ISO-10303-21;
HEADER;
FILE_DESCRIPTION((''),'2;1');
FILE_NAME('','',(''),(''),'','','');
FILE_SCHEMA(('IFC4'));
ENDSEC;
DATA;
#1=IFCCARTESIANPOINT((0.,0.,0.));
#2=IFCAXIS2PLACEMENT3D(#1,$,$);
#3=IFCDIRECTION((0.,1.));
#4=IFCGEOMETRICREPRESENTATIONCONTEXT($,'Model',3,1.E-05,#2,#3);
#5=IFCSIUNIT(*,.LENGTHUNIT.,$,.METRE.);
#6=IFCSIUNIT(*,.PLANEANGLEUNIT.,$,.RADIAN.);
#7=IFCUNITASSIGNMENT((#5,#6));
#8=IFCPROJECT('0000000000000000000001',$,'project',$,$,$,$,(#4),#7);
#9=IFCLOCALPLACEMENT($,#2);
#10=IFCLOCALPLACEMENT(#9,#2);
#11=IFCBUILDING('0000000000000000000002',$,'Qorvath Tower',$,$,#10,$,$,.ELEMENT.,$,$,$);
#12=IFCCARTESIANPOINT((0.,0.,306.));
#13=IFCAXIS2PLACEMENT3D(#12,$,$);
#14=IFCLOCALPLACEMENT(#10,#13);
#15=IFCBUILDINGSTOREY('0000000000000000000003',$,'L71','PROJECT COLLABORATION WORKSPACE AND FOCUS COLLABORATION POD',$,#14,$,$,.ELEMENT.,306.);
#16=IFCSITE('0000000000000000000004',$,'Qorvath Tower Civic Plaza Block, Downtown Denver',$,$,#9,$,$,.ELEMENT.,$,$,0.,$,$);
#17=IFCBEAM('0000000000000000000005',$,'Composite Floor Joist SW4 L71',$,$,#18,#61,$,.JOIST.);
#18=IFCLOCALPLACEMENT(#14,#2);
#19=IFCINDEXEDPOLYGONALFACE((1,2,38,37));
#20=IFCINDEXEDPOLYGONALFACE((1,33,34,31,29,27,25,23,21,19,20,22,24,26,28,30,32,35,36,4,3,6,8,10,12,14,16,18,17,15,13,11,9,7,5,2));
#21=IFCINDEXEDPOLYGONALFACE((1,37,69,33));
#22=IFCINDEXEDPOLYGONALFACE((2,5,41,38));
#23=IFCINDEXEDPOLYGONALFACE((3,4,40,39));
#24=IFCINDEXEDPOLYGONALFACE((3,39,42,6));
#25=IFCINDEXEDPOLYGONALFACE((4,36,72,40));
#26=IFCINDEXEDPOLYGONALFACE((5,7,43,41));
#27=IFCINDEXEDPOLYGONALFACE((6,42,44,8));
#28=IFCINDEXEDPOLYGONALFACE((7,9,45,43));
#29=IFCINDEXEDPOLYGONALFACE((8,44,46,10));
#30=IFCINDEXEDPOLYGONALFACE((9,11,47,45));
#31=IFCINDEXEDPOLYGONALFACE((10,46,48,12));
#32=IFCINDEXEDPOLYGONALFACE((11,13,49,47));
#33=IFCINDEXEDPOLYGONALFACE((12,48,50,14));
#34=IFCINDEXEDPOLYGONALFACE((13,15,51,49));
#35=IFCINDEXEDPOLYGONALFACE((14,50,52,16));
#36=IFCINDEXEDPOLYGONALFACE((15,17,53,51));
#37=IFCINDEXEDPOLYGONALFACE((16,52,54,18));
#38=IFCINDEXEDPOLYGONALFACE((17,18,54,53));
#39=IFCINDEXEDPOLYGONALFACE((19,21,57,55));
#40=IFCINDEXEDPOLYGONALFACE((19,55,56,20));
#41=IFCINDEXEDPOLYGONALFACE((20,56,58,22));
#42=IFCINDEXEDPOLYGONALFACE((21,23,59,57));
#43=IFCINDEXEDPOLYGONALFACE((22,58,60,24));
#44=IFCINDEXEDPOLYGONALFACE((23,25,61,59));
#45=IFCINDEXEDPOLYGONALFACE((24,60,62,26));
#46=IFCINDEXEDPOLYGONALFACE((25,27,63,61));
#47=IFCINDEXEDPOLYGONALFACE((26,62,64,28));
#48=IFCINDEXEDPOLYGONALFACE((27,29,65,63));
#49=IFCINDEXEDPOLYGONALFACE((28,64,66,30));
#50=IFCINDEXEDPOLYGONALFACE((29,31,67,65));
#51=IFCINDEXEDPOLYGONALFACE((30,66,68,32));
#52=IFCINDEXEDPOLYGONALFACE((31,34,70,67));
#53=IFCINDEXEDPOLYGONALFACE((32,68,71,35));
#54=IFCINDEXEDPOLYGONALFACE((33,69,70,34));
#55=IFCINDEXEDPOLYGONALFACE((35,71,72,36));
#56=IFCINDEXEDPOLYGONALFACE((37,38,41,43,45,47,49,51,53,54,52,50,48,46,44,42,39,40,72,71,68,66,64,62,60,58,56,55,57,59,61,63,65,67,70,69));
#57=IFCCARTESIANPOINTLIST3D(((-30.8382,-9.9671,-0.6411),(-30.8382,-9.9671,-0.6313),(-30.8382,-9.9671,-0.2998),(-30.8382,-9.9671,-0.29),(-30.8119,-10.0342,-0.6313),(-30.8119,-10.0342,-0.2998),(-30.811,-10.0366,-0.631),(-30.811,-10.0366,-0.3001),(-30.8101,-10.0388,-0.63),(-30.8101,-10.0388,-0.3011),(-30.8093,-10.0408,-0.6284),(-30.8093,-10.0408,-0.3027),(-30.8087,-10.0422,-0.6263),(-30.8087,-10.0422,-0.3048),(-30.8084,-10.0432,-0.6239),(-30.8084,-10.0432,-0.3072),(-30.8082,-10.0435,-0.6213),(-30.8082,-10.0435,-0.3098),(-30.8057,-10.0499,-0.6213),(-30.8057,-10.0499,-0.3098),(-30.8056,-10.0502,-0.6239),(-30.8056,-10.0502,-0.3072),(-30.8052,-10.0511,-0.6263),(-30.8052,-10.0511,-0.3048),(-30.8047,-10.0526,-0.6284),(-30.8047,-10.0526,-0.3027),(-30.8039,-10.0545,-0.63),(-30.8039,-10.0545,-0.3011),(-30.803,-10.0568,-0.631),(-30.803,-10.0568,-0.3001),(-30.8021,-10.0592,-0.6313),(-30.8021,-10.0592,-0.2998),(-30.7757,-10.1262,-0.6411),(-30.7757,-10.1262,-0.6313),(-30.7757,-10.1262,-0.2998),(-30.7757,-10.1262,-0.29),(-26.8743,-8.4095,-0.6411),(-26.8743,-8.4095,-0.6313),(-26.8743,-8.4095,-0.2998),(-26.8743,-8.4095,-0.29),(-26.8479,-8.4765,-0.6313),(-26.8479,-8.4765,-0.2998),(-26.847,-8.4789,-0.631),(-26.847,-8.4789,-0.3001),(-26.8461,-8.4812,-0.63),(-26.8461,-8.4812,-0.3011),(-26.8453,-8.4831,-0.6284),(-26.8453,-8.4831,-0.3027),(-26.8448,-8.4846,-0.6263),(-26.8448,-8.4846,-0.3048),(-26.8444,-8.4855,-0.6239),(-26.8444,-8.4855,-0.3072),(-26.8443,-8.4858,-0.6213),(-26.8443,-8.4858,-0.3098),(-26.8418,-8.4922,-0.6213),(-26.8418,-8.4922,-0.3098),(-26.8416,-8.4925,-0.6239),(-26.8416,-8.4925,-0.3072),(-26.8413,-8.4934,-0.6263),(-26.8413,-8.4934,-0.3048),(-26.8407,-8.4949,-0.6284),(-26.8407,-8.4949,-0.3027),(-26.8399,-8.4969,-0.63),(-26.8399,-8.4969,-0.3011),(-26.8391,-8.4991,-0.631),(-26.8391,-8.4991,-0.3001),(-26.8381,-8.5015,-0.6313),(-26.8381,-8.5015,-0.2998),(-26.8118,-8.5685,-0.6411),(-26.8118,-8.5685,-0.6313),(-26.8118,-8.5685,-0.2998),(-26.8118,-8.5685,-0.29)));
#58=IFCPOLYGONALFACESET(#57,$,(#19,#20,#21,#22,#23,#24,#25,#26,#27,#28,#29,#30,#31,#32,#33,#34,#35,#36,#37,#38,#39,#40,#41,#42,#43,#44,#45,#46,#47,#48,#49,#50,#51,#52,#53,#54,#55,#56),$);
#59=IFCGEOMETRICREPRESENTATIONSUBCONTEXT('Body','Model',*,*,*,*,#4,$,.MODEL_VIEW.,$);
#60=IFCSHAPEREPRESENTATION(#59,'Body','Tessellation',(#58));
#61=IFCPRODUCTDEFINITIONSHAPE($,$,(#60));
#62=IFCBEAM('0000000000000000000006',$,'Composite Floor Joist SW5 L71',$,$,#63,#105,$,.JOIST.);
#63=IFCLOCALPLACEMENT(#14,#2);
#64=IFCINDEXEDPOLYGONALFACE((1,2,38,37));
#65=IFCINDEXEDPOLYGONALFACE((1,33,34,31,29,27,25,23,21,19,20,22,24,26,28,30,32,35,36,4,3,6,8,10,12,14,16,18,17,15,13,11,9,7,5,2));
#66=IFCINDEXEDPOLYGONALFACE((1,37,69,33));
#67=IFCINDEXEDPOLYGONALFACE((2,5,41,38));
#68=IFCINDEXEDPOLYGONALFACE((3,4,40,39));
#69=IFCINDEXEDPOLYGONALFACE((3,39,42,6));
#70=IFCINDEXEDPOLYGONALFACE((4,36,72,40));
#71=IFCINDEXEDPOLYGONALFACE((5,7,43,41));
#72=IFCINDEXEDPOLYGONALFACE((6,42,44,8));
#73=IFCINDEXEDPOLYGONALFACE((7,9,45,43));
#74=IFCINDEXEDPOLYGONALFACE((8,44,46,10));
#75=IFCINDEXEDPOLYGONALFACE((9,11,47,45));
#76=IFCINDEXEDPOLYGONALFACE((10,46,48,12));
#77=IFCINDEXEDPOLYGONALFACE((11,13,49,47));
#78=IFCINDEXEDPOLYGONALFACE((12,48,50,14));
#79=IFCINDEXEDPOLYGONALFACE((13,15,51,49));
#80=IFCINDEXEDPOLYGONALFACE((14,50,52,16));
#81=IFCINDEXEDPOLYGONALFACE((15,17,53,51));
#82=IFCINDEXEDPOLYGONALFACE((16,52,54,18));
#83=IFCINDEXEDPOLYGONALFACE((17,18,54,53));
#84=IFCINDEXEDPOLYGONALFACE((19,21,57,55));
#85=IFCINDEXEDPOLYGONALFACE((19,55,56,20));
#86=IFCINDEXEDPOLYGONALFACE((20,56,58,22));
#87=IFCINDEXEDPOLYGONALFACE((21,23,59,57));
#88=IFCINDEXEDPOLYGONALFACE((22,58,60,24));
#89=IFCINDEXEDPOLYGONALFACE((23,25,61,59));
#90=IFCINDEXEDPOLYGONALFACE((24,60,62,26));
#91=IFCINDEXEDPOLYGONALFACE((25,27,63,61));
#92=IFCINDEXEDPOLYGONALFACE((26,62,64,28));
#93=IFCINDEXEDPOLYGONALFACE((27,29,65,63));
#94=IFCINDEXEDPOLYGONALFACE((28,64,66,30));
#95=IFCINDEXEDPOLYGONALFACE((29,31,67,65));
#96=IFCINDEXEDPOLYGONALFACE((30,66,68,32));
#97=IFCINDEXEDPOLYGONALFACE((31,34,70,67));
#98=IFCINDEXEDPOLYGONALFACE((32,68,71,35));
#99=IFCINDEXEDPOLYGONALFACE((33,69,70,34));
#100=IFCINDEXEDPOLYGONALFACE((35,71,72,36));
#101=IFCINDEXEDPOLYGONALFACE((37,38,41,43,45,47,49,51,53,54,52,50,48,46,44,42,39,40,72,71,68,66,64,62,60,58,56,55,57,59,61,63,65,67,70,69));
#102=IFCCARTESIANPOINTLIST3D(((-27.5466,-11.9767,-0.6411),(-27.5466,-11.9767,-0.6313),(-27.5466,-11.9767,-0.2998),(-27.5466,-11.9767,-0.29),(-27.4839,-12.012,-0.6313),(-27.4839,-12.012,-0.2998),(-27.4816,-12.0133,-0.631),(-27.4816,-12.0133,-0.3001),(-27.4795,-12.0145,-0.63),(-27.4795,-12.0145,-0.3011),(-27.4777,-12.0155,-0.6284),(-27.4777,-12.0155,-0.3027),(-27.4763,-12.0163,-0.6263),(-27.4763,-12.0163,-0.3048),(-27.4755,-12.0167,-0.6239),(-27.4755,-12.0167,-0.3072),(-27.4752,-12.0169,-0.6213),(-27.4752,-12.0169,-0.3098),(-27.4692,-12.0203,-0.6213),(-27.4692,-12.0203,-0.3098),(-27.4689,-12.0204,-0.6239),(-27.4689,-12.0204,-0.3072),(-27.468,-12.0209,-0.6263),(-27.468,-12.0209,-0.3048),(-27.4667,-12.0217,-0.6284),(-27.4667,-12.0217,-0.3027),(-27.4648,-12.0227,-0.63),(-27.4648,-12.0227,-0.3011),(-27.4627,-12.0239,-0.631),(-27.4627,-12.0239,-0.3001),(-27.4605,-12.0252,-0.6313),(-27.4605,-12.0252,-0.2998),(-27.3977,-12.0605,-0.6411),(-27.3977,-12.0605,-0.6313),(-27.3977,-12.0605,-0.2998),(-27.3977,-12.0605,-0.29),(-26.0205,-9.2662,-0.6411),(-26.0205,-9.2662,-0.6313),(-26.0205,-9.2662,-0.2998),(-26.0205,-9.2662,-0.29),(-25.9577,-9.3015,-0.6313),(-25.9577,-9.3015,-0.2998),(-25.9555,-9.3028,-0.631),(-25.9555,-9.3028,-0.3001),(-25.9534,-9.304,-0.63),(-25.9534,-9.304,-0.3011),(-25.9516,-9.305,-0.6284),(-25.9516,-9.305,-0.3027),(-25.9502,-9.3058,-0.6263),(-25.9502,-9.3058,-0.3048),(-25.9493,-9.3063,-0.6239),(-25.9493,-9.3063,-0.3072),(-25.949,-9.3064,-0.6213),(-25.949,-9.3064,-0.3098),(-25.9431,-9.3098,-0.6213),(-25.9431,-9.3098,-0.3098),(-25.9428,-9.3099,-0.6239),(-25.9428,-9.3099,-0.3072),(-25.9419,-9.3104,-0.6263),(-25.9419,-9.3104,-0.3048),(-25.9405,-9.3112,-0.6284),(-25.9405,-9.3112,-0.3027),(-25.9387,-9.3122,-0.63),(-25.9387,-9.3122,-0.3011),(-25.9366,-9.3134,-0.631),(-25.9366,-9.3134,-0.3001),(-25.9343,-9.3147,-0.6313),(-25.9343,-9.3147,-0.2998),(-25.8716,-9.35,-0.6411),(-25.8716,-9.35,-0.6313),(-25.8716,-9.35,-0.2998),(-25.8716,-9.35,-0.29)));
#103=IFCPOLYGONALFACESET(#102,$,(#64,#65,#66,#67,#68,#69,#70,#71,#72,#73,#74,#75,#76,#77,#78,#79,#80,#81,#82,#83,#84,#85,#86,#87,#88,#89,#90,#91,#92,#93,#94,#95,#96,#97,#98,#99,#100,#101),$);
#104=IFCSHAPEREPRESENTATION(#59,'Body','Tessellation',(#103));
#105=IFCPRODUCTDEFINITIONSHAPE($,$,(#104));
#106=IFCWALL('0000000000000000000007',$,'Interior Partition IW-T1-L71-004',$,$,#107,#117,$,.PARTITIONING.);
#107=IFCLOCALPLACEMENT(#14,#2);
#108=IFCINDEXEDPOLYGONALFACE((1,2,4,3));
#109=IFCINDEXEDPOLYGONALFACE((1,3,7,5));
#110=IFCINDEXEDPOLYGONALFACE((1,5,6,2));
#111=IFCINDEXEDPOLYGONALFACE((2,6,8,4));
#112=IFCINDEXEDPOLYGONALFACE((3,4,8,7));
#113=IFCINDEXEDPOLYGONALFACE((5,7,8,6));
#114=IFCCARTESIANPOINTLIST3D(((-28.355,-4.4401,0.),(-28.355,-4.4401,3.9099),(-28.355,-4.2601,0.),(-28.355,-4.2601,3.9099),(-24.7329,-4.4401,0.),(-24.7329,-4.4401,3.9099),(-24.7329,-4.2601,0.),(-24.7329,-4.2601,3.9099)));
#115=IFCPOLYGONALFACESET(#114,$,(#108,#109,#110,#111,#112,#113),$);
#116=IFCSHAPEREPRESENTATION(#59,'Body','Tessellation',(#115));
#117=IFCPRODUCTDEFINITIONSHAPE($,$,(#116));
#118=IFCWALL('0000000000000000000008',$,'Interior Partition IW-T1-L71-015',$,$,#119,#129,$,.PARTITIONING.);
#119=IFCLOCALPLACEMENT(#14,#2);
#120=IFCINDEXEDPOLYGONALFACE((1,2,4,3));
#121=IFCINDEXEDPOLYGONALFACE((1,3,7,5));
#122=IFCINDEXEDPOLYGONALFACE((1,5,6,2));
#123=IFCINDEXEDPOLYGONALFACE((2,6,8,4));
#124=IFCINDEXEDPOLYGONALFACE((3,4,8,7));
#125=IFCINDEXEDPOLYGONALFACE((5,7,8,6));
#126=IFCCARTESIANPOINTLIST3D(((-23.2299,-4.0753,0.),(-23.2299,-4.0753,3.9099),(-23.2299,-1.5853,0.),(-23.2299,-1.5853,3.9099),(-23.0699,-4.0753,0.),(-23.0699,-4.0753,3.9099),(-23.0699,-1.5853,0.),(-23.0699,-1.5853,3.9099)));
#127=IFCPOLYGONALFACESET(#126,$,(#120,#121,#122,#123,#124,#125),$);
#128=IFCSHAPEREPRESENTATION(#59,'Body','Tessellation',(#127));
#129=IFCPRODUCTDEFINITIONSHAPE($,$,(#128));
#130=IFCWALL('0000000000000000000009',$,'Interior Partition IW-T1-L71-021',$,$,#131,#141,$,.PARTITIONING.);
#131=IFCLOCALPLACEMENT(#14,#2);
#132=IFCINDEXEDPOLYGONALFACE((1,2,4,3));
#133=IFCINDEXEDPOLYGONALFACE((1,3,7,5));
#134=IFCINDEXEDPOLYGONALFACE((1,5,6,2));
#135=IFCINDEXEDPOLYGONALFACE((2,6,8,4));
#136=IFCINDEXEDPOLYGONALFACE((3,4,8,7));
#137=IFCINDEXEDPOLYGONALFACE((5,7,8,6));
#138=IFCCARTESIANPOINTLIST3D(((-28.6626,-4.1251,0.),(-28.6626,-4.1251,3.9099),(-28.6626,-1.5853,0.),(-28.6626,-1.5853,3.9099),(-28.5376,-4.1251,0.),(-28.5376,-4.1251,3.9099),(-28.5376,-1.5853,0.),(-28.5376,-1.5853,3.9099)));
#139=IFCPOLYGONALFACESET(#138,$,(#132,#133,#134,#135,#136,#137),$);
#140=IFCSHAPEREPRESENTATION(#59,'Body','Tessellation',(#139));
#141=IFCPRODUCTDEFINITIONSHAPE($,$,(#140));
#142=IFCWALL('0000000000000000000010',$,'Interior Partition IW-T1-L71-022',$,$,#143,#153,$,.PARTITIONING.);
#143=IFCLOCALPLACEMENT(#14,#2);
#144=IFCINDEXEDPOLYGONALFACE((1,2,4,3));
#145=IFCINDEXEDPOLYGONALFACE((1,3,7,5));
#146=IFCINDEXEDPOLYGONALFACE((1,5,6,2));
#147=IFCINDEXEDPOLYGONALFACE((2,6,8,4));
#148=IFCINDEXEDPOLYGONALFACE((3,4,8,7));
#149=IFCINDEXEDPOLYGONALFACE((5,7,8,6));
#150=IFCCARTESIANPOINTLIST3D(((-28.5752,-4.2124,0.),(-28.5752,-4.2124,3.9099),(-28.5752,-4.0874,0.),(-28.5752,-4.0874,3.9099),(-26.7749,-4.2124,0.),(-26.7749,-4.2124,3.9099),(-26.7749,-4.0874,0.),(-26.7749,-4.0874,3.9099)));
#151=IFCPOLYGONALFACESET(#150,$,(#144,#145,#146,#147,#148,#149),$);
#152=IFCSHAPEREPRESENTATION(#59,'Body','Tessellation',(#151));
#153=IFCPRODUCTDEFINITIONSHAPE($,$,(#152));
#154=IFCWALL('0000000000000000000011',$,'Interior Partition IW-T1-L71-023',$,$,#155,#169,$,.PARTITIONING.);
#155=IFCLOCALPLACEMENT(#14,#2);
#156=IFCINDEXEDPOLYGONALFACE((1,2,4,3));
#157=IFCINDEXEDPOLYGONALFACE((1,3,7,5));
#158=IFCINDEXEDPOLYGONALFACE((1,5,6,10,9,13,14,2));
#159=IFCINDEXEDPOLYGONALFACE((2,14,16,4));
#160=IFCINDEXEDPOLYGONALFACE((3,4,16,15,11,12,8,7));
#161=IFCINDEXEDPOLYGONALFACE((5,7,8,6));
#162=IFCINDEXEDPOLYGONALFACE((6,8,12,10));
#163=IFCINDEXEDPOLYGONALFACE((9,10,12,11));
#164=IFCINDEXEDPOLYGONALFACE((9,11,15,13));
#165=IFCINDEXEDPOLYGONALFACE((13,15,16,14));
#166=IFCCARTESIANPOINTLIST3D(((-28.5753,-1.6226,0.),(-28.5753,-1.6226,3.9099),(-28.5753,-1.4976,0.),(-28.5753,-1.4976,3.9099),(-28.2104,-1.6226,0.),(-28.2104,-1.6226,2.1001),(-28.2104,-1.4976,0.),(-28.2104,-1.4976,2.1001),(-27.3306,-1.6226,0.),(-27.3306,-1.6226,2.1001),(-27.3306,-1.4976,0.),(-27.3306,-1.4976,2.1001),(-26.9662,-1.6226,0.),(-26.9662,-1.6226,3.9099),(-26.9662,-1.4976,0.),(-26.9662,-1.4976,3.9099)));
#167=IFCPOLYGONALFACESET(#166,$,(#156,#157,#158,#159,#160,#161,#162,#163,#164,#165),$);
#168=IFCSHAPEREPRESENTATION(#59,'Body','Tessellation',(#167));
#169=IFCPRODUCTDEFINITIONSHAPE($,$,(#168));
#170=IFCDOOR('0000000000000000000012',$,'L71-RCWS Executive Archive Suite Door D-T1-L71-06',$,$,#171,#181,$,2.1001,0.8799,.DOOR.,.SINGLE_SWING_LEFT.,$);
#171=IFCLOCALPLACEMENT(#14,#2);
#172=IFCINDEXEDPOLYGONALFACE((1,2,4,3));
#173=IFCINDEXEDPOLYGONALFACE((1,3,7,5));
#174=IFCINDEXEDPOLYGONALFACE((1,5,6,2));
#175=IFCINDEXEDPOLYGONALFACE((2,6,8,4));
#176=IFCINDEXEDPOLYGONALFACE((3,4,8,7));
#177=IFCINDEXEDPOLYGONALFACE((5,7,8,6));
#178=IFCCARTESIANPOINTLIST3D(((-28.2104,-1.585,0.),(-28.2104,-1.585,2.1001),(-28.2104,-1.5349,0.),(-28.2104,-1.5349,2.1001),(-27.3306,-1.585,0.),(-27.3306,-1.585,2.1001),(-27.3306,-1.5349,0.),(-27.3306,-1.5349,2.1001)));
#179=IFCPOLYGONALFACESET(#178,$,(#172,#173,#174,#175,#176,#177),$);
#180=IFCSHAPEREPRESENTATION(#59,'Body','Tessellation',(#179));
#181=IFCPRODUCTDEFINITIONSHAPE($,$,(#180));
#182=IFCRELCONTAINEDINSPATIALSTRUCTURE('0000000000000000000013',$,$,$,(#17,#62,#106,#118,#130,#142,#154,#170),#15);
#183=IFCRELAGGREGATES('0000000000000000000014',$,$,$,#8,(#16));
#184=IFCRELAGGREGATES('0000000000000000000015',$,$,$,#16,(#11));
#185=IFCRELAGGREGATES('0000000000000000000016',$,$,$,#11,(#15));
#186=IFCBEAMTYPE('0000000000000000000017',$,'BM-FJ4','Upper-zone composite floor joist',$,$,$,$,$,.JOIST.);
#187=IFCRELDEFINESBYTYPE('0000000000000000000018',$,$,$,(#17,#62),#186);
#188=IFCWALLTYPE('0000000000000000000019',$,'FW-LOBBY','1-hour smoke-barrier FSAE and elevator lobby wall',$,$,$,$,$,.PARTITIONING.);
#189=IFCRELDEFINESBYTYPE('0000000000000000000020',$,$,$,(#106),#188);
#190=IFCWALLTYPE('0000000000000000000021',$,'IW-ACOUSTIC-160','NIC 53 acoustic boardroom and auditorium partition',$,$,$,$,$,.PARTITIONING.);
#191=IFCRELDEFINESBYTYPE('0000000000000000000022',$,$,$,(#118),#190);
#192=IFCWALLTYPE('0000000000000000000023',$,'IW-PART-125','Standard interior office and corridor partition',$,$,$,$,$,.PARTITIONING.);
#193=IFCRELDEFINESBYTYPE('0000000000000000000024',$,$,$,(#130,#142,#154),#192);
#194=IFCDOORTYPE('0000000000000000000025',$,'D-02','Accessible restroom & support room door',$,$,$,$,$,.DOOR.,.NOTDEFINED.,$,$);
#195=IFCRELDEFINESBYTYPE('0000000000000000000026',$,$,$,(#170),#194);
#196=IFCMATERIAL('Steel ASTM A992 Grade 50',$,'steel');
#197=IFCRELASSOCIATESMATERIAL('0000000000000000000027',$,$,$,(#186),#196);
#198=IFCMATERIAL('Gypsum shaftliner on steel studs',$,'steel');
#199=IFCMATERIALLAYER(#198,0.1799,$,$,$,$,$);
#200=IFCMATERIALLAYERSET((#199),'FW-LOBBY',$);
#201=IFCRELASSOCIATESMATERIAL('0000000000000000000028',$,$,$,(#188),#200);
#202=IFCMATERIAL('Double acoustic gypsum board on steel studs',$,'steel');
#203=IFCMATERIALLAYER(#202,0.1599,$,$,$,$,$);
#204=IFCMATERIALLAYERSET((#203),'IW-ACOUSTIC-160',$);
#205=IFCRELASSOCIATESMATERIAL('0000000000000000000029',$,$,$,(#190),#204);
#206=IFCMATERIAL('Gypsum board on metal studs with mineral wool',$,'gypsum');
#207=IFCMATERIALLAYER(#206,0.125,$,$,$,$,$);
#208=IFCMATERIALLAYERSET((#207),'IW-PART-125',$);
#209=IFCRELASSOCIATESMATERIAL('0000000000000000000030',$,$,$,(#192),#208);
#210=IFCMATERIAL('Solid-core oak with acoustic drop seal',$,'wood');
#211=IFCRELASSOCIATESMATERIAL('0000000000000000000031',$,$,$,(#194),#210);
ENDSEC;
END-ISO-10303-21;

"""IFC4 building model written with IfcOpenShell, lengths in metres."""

from ifc_helpers import new_model, si_unit, direction, frame, frame_2d, origin, origin_2d, place, context, subcontext, project, spatial, rectangle, i_section, extrude, material, layer, layer_set, material_profile, profile_set, type_object, element, fill, save


model = new_model("IFC4")

# Units and contexts
model_context = context("Model", 3, precision=1e-05, world=origin(), true_north=direction((0.0, 1.0)))
body_context = subcontext(model_context, "Body", "Model", "MODEL_VIEW")
ifc_project = project(units=[si_unit("LENGTHUNIT", "METRE"), si_unit("PLANEANGLEUNIT", "RADIAN")], contexts=[model_context])

# Site, building, storey
site_placement = place(None, origin())
site = spatial("IfcSite", under=ifc_project, at=site_placement, Name="Qorvath Tower Civic Plaza Block, Downtown Denver", CompositionType="ELEMENT", RefElevation=0.0)
building_placement = place(site_placement, origin())
building = spatial("IfcBuilding", under=site, at=building_placement, Name="Qorvath Tower", CompositionType="ELEMENT")
storey_placement = place(building_placement, frame((0.0, 0.0, 306.0)))
storey = spatial("IfcBuildingStorey", under=building, at=storey_placement, Name="L71", Description="PROJECT COLLABORATION WORKSPACE AND FOCUS COLLABORATION POD", CompositionType="ELEMENT", Elevation=306.0)

# Beams
ifc_material_1 = material(Name="Steel ASTM A992 Grade 50", Category="steel")
ifc_material_profile_1 = material_profile(ifc_material_1, i_section(OverallWidth=0.1709, OverallDepth=0.3511, WebThickness=0.0068, FlangeThickness=0.0098, FilletRadius=0.01, at=origin_2d()), Name="W14x30")
ifc_profile_set_1 = profile_set([ifc_material_profile_1], Name="Steel ASTM A992 Grade 50")
beam_type_1 = type_object("IfcBeamType", Name="BM-FJ4", Description="Upper-zone composite floor joist", PredefinedType="JOIST", material=ifc_profile_set_1)
beam_1_placement = place(storey_placement, frame((-26.843, -8.489, -0.4656), z_axis=(-0.930721, -0.36573, 0.0), x_axis=(0.36573, -0.930721, 0.0)))
element("IfcBeam", 1, at=beam_1_placement, inside=storey, type_object=beam_type_1, Name="Composite Floor Joist SW4 L71", PredefinedType="JOIST", context=body_context, shape_type="SweptSolid", body=[
    extrude(i_section(OverallWidth=0.1709, OverallDepth=0.3511, WebThickness=0.0068, FlangeThickness=0.0098, FilletRadius=0.01, at=origin_2d()), origin(), (0.0, 0.0, 1.0), 4.259),
])
beam_2_placement = place(storey_placement, frame((-25.946, -9.3081, -0.4656), z_axis=(-0.490626, -0.87137, 0.0), x_axis=(0.87137, -0.490626, 0.0)))
element("IfcBeam", 2, at=beam_2_placement, inside=storey, type_object=beam_type_1, Name="Composite Floor Joist SW5 L71", PredefinedType="JOIST", context=body_context, shape_type="SweptSolid", body=[
    extrude(i_section(OverallWidth=0.1709, OverallDepth=0.3511, WebThickness=0.0068, FlangeThickness=0.0098, FilletRadius=0.01, at=origin_2d()), origin(), (0.0, 0.0, 1.0), 3.1106),
])

# Shared definitions
ifc_material_2 = material(Name="Gypsum shaftliner on steel studs", Category="steel")
ifc_layer_1 = layer(ifc_material_2, 0.1799)
ifc_layer_set_1 = layer_set([ifc_layer_1], Name="FW-LOBBY")
wall_type_1 = type_object("IfcWallType", Name="FW-LOBBY", Description="1-hour smoke-barrier FSAE and elevator lobby wall", PredefinedType="PARTITIONING", material=ifc_layer_set_1)

# Walls
wall_1_placement = place(storey_placement, frame((-24.7329, -4.3501, 0.0), z_axis=(0.0, 0.0, 1.0), x_axis=(-1.0, 0.0, 0.0)))
element("IfcWall", 3, at=wall_1_placement, inside=storey, type_object=wall_type_1, Name="Interior Partition IW-T1-L71-004", PredefinedType="PARTITIONING", context=body_context, shape_type="SweptSolid", body=[
    extrude(rectangle(XDim=3.6221, YDim=0.1799, at=frame_2d((1.811, 0.0))), origin(), (0.0, 0.0, 1.0), 3.9099),
])
ifc_material_3 = material(Name="Double acoustic gypsum board on steel studs", Category="steel")
ifc_layer_2 = layer(ifc_material_3, 0.1599)
ifc_layer_set_2 = layer_set([ifc_layer_2], Name="IW-ACOUSTIC-160")
wall_type_2 = type_object("IfcWallType", Name="IW-ACOUSTIC-160", Description="NIC 53 acoustic boardroom and auditorium partition", PredefinedType="PARTITIONING", material=ifc_layer_set_2)
wall_2_placement = place(storey_placement, frame((-23.1499, -1.5852, 0.0), z_axis=(0.0, 0.0, 1.0), x_axis=(0.0, -1.0, 0.0)))
element("IfcWall", 4, at=wall_2_placement, inside=storey, type_object=wall_type_2, Name="Interior Partition IW-T1-L71-015", PredefinedType="PARTITIONING", context=body_context, shape_type="SweptSolid", body=[
    extrude(rectangle(XDim=2.49, YDim=0.1599, at=frame_2d((1.2451, 0.0))), origin(), (0.0, 0.0, 1.0), 3.9099),
])
ifc_material_4 = material(Name="Gypsum board on metal studs with mineral wool", Category="gypsum")
ifc_layer_3 = layer(ifc_material_4, 0.125)
ifc_layer_set_3 = layer_set([ifc_layer_3], Name="IW-PART-125")
wall_type_3 = type_object("IfcWallType", Name="IW-PART-125", Description="Standard interior office and corridor partition", PredefinedType="PARTITIONING", material=ifc_layer_set_3)
wall_3_placement = place(storey_placement, frame((-28.6001, -1.5852, 0.0), z_axis=(0.0, 0.0, 1.0), x_axis=(0.0, -1.0, 0.0)))
element("IfcWall", 5, at=wall_3_placement, inside=storey, type_object=wall_type_3, Name="Interior Partition IW-T1-L71-021", PredefinedType="PARTITIONING", context=body_context, shape_type="SweptSolid", body=[
    extrude(rectangle(XDim=2.5398, YDim=0.125, at=frame_2d((1.27, 0.0))), origin(), (0.0, 0.0, 1.0), 3.9099),
])
wall_4_placement = place(storey_placement, frame((-28.5752, -4.1499, 0.0), z_axis=(0.0, 0.0, 1.0), x_axis=(1.0, 0.0, 0.0)))
element("IfcWall", 6, at=wall_4_placement, inside=storey, type_object=wall_type_3, Name="Interior Partition IW-T1-L71-022", PredefinedType="PARTITIONING", context=body_context, shape_type="SweptSolid", body=[
    extrude(rectangle(XDim=1.8003, YDim=0.125, at=frame_2d((0.9001, 0.0))), origin(), (0.0, 0.0, 1.0), 3.9099),
])

# Wall, opening, door
wall_5_placement = place(storey_placement, frame((-26.9661, -1.5601, 0.0), z_axis=(0.0, 0.0, 1.0), x_axis=(-1.0, 0.0, 0.0)))
wall_5 = element("IfcWall", 7, at=wall_5_placement, inside=storey, type_object=wall_type_3, Name="Interior Partition IW-T1-L71-023", PredefinedType="PARTITIONING", context=body_context, shape_type="SweptSolid", body=[
    extrude(rectangle(XDim=1.6091, YDim=0.125, at=frame_2d((0.8047, 0.0))), origin(), (0.0, 0.0, 1.0), 3.9099),
])
opening_1_placement = place(wall_5_placement, frame((0.3645, 0.0, 0.0)))
opening_1 = element("IfcOpeningElement", 8, at=opening_1_placement, cuts=wall_5, PredefinedType="OPENING", context=body_context, shape_type="SweptSolid", body=[
    extrude(rectangle(XDim=0.8799, YDim=2.1001, at=frame_2d((0.4399, 1.05))), frame((0.0, 0.0725, 0.0), z_axis=(0.0, -1.0, 0.0), x_axis=(1.0, 0.0, 0.0)), (0.0, 0.0, 1.0), 0.145),
])
ifc_material_5 = material(Name="Solid-core oak with acoustic drop seal", Category="wood")
door_type_1 = type_object("IfcDoorType", Name="D-02", Description="Accessible restroom & support room door", OperationType="NOTDEFINED", PredefinedType="DOOR", material=ifc_material_5)
door_1_placement = place(opening_1_placement, origin())
door_1 = element("IfcDoor", 9, at=door_1_placement, inside=storey, type_object=door_type_1, Name="L71-RCWS Executive Archive Suite Door D-T1-L71-06", OperationType="SINGLE_SWING_LEFT", OverallHeight=2.1001, OverallWidth=0.8799, PredefinedType="DOOR", context=body_context, shape_type="SweptSolid", body=[
    extrude(rectangle(XDim=0.8799, YDim=2.1001, at=frame_2d((0.4399, 1.05))), frame((0.0, 0.0249, 0.0), z_axis=(0.0, -1.0, 0.0), x_axis=(1.0, 0.0, 0.0)), (0.0, 0.0, 1.0), 0.05),
])
fill(opening_1, door_1)

save(model, "model.ifc")
